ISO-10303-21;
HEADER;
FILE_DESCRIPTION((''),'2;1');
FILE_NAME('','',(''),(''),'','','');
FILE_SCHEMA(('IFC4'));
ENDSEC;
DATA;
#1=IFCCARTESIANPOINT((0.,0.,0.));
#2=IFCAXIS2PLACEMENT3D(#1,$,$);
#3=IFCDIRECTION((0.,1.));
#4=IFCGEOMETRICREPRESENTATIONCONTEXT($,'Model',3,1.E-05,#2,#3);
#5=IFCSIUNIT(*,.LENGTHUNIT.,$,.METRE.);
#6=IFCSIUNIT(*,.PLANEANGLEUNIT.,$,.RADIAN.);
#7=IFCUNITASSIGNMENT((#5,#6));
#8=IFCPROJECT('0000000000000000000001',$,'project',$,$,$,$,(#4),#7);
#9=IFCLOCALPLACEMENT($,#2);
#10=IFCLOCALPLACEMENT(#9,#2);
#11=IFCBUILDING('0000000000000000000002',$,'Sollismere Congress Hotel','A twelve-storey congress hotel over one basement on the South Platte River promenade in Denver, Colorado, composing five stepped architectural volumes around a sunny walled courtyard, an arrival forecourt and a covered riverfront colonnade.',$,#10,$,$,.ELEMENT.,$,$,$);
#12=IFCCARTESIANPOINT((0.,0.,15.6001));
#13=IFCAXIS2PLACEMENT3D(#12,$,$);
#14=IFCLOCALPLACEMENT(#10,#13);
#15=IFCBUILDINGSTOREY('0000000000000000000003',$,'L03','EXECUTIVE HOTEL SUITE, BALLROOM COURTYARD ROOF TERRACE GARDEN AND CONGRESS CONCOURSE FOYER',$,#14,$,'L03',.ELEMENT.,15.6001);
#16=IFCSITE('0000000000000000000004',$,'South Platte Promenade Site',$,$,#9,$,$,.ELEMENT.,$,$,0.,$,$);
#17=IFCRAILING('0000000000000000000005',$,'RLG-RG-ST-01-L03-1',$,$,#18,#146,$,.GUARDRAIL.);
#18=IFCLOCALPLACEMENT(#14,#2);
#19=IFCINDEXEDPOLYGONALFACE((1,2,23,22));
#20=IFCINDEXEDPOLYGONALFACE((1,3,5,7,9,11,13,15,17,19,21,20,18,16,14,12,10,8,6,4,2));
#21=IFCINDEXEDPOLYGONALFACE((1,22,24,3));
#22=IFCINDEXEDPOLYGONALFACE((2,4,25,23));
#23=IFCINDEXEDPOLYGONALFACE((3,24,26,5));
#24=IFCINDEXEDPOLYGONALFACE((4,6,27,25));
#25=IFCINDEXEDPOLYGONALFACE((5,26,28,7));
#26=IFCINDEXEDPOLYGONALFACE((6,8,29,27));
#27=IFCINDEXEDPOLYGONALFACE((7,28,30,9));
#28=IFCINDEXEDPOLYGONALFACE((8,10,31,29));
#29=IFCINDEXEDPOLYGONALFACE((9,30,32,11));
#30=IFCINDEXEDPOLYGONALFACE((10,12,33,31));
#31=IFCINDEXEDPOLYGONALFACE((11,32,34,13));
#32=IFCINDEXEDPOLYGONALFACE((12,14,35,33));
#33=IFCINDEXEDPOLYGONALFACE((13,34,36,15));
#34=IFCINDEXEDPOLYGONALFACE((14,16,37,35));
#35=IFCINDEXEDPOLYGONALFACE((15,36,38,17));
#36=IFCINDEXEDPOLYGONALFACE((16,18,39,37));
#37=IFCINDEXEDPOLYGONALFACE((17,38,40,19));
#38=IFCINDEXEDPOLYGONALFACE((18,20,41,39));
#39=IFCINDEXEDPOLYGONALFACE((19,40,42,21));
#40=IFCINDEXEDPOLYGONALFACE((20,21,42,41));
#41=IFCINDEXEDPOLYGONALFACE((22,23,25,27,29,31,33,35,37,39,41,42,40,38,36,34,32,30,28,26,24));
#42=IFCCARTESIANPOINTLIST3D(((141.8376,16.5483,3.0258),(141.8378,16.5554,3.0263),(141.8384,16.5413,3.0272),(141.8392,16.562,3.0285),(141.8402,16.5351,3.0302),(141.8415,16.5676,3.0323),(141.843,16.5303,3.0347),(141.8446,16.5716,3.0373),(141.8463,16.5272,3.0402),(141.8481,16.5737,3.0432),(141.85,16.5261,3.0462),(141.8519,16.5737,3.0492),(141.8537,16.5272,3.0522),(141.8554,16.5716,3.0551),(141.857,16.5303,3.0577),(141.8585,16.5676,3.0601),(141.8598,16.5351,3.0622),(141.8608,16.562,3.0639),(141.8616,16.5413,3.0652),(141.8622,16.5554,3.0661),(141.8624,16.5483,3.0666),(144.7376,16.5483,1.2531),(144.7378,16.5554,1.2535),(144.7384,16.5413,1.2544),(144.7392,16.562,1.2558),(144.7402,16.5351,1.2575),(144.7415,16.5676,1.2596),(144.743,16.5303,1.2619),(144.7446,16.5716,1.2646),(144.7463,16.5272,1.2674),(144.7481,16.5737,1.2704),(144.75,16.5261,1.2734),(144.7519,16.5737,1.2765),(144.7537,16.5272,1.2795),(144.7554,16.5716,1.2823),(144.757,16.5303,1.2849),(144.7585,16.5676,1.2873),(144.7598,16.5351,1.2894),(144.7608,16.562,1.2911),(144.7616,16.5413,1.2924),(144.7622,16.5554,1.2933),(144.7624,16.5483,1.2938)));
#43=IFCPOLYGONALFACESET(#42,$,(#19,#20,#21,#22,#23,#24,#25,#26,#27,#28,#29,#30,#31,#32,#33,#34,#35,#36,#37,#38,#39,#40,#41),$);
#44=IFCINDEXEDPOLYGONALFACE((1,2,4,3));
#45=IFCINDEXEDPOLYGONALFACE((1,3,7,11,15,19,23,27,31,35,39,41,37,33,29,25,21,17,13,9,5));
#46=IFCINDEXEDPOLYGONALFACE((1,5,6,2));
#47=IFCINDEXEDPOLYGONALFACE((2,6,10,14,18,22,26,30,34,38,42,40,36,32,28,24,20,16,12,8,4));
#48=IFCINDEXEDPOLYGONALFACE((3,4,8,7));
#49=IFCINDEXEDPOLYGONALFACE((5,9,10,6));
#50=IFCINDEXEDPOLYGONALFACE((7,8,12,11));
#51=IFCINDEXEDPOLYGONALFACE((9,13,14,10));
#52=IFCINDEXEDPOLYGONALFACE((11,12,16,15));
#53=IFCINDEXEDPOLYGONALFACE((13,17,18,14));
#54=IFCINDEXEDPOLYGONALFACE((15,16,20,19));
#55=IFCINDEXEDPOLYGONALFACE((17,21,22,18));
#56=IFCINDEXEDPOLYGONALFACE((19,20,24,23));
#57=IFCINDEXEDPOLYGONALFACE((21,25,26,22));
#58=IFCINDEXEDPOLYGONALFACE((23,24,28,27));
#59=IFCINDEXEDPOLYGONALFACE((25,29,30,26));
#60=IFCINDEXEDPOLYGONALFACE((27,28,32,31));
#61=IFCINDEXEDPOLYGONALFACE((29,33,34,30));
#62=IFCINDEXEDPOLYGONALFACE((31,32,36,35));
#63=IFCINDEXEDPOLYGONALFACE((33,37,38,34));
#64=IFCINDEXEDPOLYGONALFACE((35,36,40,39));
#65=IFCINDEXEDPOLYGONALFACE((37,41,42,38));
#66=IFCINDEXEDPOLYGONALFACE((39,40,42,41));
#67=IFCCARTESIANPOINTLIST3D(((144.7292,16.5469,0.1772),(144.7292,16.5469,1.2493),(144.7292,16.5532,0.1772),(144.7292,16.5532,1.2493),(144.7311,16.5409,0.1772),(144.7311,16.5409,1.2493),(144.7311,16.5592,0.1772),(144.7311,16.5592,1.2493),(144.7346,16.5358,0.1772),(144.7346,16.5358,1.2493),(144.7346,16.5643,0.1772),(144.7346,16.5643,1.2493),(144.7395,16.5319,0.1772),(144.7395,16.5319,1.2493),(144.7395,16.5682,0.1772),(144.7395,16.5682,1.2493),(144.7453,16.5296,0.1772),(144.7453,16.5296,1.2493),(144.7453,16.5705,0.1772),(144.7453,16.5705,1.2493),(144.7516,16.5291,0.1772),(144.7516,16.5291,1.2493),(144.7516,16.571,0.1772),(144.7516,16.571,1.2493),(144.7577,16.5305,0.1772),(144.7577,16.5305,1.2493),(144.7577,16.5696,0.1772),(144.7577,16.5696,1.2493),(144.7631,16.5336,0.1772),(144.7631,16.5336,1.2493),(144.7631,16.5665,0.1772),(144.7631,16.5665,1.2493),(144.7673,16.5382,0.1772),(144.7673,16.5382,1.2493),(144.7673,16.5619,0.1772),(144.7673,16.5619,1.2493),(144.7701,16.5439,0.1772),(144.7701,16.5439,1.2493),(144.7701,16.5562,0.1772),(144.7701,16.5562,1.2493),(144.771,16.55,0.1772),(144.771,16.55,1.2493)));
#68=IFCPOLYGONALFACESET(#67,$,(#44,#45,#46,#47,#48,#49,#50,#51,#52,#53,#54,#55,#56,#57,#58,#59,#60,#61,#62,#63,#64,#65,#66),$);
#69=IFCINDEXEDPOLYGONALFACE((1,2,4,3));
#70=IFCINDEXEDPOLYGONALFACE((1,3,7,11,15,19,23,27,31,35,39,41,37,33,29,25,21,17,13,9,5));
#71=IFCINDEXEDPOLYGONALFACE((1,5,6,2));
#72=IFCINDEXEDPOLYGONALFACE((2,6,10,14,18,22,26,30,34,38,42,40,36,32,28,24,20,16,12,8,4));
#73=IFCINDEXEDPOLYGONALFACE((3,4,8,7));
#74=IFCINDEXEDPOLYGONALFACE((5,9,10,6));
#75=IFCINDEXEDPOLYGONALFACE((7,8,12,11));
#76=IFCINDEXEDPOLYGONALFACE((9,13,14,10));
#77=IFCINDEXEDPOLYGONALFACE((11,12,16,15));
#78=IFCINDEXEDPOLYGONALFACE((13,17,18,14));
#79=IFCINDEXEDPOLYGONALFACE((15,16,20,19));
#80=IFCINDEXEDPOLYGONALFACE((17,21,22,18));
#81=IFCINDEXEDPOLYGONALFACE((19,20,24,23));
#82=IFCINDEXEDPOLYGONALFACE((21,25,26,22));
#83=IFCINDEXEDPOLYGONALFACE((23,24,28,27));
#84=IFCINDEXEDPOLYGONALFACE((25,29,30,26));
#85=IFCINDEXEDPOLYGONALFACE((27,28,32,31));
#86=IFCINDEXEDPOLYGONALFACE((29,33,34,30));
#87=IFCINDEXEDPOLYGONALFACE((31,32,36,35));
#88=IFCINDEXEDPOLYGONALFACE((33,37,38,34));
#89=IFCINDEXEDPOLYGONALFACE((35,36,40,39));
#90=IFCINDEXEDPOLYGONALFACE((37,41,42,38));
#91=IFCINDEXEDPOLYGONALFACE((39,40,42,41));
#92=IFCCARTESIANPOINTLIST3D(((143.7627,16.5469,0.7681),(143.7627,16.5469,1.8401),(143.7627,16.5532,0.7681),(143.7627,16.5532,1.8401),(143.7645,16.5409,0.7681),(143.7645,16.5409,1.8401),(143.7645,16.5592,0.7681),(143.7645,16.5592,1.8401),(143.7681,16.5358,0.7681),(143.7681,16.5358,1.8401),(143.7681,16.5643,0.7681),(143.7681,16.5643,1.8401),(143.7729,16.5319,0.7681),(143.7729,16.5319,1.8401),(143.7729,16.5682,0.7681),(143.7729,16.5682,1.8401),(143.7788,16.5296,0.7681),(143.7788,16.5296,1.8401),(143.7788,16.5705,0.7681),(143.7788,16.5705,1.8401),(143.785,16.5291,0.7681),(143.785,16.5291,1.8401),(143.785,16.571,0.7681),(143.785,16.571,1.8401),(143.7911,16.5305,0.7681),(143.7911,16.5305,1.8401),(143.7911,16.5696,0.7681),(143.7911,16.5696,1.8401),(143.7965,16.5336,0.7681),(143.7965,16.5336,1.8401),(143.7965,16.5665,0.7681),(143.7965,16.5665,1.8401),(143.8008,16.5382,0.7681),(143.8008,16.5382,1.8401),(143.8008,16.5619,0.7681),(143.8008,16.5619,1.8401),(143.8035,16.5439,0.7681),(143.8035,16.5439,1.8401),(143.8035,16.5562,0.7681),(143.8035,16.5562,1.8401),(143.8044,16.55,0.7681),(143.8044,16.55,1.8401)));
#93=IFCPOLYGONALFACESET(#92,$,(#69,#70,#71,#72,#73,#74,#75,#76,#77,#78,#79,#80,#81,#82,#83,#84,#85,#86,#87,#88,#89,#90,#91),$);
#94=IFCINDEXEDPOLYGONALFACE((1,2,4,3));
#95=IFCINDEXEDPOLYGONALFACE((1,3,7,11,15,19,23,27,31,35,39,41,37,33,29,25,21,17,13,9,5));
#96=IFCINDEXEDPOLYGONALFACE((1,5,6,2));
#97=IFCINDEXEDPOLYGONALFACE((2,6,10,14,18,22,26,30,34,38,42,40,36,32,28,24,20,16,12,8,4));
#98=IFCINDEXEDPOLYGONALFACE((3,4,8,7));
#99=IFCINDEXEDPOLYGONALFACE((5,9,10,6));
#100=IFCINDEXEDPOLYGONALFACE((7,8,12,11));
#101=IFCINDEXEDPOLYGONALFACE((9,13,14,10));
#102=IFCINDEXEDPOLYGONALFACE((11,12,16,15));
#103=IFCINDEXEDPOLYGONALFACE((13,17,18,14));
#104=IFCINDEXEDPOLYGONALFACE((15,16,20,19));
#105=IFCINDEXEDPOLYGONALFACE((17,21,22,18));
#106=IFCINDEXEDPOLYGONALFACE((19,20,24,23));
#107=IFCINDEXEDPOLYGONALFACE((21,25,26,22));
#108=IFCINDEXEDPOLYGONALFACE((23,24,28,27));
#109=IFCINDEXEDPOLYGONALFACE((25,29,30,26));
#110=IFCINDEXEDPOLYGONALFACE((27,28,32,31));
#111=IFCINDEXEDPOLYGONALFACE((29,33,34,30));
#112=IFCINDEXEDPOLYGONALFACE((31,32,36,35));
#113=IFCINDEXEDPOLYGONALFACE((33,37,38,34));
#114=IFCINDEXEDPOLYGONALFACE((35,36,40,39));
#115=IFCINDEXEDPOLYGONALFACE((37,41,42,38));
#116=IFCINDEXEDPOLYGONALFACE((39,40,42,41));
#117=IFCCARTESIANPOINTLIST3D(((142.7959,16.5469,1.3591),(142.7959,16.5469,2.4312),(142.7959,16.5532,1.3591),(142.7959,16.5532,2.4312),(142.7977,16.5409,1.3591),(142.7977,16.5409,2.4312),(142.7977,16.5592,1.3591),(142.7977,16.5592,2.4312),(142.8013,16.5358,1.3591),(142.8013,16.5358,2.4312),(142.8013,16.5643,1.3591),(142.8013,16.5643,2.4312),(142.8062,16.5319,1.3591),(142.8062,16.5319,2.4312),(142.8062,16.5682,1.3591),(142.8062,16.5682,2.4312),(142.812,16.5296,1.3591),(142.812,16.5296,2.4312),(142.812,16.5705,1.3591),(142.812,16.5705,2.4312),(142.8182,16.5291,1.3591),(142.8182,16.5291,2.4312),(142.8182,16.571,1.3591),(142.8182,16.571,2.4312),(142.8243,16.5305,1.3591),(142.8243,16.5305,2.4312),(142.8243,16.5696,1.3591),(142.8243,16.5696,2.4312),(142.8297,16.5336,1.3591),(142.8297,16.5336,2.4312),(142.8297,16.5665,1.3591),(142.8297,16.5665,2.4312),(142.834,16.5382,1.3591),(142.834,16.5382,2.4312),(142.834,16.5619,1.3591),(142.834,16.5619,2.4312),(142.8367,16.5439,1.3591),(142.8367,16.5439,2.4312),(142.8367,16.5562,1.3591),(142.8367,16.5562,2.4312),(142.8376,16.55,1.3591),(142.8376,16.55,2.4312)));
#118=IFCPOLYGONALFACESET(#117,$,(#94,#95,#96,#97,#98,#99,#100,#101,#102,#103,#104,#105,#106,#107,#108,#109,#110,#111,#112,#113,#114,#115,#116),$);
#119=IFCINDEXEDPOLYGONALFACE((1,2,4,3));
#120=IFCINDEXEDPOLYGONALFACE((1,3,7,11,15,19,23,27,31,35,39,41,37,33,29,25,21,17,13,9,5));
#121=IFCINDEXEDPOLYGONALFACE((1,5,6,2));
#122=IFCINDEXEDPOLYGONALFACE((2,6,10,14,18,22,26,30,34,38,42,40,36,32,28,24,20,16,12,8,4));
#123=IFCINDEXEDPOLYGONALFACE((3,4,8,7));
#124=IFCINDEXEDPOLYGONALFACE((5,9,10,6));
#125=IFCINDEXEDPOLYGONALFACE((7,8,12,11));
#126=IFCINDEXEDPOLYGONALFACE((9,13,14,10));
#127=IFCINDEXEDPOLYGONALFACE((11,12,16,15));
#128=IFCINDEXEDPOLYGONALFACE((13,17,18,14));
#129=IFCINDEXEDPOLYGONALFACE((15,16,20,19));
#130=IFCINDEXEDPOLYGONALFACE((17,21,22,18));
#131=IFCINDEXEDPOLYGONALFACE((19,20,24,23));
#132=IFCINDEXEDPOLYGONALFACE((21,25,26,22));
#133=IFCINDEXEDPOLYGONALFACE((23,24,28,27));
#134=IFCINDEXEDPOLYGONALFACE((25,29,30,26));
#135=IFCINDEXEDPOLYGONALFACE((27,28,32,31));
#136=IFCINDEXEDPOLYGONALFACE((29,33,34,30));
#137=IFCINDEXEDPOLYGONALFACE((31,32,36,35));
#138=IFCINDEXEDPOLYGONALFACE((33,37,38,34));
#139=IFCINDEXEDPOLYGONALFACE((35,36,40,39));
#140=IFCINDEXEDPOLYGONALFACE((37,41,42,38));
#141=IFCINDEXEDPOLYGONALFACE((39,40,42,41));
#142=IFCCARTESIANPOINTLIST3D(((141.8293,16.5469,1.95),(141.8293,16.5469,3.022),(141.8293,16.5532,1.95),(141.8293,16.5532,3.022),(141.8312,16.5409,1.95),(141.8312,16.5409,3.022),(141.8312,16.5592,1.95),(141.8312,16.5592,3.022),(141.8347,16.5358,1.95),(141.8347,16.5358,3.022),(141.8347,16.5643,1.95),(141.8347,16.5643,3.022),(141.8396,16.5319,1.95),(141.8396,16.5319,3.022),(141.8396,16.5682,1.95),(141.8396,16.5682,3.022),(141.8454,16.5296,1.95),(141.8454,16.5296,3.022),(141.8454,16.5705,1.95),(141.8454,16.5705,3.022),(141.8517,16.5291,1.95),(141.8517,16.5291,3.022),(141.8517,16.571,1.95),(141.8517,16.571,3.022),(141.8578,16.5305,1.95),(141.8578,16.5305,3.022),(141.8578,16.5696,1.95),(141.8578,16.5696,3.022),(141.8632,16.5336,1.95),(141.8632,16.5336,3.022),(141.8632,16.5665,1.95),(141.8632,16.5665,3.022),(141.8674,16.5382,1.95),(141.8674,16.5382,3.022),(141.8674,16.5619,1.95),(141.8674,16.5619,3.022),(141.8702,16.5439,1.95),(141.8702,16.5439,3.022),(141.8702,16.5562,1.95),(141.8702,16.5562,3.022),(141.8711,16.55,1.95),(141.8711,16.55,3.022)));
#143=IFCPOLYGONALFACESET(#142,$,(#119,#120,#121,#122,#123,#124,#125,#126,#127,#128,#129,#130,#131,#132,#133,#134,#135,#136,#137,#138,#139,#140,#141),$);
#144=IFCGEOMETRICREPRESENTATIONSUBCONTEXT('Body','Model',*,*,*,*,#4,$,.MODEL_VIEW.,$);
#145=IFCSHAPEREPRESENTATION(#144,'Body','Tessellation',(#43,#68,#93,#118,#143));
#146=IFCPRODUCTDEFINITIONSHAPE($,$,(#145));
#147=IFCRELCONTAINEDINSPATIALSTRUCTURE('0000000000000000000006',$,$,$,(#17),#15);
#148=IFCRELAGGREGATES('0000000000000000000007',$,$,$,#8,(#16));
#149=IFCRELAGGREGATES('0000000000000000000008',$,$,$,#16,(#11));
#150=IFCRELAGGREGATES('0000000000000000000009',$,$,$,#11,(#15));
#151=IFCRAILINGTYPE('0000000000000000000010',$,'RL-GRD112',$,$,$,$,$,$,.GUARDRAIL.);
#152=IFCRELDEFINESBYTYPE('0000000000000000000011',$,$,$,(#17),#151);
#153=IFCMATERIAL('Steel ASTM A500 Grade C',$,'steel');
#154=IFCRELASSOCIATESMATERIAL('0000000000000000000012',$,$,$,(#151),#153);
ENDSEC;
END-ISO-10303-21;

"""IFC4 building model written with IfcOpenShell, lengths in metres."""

from ifc_helpers import new_model, si_unit, direction, frame, origin, origin_2d, place, context, subcontext, project, spatial, circle, extrude, material, type_object, element, save


model = new_model("IFC4")

# Units and contexts
model_context = context("Model", 3, precision=1e-05, world=origin(), true_north=direction((0.0, 1.0)))
body_context = subcontext(model_context, "Body", "Model", "MODEL_VIEW")
ifc_project = project(units=[si_unit("LENGTHUNIT", "METRE"), si_unit("PLANEANGLEUNIT", "RADIAN")], contexts=[model_context])

# Site, building, storey
site_placement = place(None, origin())
site = spatial("IfcSite", under=ifc_project, at=site_placement, Name="South Platte Promenade Site", CompositionType="ELEMENT", RefElevation=0.0)
building_placement = place(site_placement, origin())
building = spatial("IfcBuilding", under=site, at=building_placement, Name="Sollismere Congress Hotel", Description="A twelve-storey congress hotel over one basement on the South Platte River promenade in Denver, Colorado, composing five stepped architectural volumes around a sunny walled courtyard, an arrival forecourt and a covered riverfront colonnade.", CompositionType="ELEMENT")
storey_placement = place(building_placement, frame((0.0, 0.0, 15.6001)))
storey = spatial("IfcBuildingStorey", under=building, at=storey_placement, Name="L03", Description="EXECUTIVE HOTEL SUITE, BALLROOM COURTYARD ROOF TERRACE GARDEN AND CONGRESS CONCOURSE FOYER", LongName="L03", CompositionType="ELEMENT", Elevation=15.6001)

# Railing
ifc_material_1 = material(Name="Steel ASTM A500 Grade C", Category="steel")
railing_type_1 = type_object("IfcRailingType", Name="RL-GRD112", PredefinedType="GUARDRAIL", material=ifc_material_1)
railing_1_placement = place(storey_placement, frame((144.75, 16.55, 0.1772)))
element("IfcRailing", 1, at=railing_1_placement, inside=storey, type_object=railing_type_1, Name="RLG-RG-ST-01-L03-1", PredefinedType="GUARDRAIL", context=body_context, shape_type="SweptSolid", body=[
    extrude(circle(Radius=0.0239, at=origin_2d()), frame((0.0, 0.0, 1.0962), z_axis=(-0.853211, 0.0, 0.521566), x_axis=(0.0, -1.0, 0.0)), (0.0, 0.0, 1.0), 3.3989),
    extrude(circle(Radius=0.021, at=origin_2d()), origin(), (0.0, 0.0, 1.0), 1.072),
    extrude(circle(Radius=0.021, at=origin_2d()), frame((-0.9666, 0.0, 0.5908)), (0.0, 0.0, 1.0), 1.072),
    extrude(circle(Radius=0.021, at=origin_2d()), frame((-1.9333, 0.0, 1.1819)), (0.0, 0.0, 1.0), 1.072),
    extrude(circle(Radius=0.021, at=origin_2d()), frame((-2.8999, 0.0, 1.7727)), (0.0, 0.0, 1.0), 1.072),
])

save(model, "model.ifc")
